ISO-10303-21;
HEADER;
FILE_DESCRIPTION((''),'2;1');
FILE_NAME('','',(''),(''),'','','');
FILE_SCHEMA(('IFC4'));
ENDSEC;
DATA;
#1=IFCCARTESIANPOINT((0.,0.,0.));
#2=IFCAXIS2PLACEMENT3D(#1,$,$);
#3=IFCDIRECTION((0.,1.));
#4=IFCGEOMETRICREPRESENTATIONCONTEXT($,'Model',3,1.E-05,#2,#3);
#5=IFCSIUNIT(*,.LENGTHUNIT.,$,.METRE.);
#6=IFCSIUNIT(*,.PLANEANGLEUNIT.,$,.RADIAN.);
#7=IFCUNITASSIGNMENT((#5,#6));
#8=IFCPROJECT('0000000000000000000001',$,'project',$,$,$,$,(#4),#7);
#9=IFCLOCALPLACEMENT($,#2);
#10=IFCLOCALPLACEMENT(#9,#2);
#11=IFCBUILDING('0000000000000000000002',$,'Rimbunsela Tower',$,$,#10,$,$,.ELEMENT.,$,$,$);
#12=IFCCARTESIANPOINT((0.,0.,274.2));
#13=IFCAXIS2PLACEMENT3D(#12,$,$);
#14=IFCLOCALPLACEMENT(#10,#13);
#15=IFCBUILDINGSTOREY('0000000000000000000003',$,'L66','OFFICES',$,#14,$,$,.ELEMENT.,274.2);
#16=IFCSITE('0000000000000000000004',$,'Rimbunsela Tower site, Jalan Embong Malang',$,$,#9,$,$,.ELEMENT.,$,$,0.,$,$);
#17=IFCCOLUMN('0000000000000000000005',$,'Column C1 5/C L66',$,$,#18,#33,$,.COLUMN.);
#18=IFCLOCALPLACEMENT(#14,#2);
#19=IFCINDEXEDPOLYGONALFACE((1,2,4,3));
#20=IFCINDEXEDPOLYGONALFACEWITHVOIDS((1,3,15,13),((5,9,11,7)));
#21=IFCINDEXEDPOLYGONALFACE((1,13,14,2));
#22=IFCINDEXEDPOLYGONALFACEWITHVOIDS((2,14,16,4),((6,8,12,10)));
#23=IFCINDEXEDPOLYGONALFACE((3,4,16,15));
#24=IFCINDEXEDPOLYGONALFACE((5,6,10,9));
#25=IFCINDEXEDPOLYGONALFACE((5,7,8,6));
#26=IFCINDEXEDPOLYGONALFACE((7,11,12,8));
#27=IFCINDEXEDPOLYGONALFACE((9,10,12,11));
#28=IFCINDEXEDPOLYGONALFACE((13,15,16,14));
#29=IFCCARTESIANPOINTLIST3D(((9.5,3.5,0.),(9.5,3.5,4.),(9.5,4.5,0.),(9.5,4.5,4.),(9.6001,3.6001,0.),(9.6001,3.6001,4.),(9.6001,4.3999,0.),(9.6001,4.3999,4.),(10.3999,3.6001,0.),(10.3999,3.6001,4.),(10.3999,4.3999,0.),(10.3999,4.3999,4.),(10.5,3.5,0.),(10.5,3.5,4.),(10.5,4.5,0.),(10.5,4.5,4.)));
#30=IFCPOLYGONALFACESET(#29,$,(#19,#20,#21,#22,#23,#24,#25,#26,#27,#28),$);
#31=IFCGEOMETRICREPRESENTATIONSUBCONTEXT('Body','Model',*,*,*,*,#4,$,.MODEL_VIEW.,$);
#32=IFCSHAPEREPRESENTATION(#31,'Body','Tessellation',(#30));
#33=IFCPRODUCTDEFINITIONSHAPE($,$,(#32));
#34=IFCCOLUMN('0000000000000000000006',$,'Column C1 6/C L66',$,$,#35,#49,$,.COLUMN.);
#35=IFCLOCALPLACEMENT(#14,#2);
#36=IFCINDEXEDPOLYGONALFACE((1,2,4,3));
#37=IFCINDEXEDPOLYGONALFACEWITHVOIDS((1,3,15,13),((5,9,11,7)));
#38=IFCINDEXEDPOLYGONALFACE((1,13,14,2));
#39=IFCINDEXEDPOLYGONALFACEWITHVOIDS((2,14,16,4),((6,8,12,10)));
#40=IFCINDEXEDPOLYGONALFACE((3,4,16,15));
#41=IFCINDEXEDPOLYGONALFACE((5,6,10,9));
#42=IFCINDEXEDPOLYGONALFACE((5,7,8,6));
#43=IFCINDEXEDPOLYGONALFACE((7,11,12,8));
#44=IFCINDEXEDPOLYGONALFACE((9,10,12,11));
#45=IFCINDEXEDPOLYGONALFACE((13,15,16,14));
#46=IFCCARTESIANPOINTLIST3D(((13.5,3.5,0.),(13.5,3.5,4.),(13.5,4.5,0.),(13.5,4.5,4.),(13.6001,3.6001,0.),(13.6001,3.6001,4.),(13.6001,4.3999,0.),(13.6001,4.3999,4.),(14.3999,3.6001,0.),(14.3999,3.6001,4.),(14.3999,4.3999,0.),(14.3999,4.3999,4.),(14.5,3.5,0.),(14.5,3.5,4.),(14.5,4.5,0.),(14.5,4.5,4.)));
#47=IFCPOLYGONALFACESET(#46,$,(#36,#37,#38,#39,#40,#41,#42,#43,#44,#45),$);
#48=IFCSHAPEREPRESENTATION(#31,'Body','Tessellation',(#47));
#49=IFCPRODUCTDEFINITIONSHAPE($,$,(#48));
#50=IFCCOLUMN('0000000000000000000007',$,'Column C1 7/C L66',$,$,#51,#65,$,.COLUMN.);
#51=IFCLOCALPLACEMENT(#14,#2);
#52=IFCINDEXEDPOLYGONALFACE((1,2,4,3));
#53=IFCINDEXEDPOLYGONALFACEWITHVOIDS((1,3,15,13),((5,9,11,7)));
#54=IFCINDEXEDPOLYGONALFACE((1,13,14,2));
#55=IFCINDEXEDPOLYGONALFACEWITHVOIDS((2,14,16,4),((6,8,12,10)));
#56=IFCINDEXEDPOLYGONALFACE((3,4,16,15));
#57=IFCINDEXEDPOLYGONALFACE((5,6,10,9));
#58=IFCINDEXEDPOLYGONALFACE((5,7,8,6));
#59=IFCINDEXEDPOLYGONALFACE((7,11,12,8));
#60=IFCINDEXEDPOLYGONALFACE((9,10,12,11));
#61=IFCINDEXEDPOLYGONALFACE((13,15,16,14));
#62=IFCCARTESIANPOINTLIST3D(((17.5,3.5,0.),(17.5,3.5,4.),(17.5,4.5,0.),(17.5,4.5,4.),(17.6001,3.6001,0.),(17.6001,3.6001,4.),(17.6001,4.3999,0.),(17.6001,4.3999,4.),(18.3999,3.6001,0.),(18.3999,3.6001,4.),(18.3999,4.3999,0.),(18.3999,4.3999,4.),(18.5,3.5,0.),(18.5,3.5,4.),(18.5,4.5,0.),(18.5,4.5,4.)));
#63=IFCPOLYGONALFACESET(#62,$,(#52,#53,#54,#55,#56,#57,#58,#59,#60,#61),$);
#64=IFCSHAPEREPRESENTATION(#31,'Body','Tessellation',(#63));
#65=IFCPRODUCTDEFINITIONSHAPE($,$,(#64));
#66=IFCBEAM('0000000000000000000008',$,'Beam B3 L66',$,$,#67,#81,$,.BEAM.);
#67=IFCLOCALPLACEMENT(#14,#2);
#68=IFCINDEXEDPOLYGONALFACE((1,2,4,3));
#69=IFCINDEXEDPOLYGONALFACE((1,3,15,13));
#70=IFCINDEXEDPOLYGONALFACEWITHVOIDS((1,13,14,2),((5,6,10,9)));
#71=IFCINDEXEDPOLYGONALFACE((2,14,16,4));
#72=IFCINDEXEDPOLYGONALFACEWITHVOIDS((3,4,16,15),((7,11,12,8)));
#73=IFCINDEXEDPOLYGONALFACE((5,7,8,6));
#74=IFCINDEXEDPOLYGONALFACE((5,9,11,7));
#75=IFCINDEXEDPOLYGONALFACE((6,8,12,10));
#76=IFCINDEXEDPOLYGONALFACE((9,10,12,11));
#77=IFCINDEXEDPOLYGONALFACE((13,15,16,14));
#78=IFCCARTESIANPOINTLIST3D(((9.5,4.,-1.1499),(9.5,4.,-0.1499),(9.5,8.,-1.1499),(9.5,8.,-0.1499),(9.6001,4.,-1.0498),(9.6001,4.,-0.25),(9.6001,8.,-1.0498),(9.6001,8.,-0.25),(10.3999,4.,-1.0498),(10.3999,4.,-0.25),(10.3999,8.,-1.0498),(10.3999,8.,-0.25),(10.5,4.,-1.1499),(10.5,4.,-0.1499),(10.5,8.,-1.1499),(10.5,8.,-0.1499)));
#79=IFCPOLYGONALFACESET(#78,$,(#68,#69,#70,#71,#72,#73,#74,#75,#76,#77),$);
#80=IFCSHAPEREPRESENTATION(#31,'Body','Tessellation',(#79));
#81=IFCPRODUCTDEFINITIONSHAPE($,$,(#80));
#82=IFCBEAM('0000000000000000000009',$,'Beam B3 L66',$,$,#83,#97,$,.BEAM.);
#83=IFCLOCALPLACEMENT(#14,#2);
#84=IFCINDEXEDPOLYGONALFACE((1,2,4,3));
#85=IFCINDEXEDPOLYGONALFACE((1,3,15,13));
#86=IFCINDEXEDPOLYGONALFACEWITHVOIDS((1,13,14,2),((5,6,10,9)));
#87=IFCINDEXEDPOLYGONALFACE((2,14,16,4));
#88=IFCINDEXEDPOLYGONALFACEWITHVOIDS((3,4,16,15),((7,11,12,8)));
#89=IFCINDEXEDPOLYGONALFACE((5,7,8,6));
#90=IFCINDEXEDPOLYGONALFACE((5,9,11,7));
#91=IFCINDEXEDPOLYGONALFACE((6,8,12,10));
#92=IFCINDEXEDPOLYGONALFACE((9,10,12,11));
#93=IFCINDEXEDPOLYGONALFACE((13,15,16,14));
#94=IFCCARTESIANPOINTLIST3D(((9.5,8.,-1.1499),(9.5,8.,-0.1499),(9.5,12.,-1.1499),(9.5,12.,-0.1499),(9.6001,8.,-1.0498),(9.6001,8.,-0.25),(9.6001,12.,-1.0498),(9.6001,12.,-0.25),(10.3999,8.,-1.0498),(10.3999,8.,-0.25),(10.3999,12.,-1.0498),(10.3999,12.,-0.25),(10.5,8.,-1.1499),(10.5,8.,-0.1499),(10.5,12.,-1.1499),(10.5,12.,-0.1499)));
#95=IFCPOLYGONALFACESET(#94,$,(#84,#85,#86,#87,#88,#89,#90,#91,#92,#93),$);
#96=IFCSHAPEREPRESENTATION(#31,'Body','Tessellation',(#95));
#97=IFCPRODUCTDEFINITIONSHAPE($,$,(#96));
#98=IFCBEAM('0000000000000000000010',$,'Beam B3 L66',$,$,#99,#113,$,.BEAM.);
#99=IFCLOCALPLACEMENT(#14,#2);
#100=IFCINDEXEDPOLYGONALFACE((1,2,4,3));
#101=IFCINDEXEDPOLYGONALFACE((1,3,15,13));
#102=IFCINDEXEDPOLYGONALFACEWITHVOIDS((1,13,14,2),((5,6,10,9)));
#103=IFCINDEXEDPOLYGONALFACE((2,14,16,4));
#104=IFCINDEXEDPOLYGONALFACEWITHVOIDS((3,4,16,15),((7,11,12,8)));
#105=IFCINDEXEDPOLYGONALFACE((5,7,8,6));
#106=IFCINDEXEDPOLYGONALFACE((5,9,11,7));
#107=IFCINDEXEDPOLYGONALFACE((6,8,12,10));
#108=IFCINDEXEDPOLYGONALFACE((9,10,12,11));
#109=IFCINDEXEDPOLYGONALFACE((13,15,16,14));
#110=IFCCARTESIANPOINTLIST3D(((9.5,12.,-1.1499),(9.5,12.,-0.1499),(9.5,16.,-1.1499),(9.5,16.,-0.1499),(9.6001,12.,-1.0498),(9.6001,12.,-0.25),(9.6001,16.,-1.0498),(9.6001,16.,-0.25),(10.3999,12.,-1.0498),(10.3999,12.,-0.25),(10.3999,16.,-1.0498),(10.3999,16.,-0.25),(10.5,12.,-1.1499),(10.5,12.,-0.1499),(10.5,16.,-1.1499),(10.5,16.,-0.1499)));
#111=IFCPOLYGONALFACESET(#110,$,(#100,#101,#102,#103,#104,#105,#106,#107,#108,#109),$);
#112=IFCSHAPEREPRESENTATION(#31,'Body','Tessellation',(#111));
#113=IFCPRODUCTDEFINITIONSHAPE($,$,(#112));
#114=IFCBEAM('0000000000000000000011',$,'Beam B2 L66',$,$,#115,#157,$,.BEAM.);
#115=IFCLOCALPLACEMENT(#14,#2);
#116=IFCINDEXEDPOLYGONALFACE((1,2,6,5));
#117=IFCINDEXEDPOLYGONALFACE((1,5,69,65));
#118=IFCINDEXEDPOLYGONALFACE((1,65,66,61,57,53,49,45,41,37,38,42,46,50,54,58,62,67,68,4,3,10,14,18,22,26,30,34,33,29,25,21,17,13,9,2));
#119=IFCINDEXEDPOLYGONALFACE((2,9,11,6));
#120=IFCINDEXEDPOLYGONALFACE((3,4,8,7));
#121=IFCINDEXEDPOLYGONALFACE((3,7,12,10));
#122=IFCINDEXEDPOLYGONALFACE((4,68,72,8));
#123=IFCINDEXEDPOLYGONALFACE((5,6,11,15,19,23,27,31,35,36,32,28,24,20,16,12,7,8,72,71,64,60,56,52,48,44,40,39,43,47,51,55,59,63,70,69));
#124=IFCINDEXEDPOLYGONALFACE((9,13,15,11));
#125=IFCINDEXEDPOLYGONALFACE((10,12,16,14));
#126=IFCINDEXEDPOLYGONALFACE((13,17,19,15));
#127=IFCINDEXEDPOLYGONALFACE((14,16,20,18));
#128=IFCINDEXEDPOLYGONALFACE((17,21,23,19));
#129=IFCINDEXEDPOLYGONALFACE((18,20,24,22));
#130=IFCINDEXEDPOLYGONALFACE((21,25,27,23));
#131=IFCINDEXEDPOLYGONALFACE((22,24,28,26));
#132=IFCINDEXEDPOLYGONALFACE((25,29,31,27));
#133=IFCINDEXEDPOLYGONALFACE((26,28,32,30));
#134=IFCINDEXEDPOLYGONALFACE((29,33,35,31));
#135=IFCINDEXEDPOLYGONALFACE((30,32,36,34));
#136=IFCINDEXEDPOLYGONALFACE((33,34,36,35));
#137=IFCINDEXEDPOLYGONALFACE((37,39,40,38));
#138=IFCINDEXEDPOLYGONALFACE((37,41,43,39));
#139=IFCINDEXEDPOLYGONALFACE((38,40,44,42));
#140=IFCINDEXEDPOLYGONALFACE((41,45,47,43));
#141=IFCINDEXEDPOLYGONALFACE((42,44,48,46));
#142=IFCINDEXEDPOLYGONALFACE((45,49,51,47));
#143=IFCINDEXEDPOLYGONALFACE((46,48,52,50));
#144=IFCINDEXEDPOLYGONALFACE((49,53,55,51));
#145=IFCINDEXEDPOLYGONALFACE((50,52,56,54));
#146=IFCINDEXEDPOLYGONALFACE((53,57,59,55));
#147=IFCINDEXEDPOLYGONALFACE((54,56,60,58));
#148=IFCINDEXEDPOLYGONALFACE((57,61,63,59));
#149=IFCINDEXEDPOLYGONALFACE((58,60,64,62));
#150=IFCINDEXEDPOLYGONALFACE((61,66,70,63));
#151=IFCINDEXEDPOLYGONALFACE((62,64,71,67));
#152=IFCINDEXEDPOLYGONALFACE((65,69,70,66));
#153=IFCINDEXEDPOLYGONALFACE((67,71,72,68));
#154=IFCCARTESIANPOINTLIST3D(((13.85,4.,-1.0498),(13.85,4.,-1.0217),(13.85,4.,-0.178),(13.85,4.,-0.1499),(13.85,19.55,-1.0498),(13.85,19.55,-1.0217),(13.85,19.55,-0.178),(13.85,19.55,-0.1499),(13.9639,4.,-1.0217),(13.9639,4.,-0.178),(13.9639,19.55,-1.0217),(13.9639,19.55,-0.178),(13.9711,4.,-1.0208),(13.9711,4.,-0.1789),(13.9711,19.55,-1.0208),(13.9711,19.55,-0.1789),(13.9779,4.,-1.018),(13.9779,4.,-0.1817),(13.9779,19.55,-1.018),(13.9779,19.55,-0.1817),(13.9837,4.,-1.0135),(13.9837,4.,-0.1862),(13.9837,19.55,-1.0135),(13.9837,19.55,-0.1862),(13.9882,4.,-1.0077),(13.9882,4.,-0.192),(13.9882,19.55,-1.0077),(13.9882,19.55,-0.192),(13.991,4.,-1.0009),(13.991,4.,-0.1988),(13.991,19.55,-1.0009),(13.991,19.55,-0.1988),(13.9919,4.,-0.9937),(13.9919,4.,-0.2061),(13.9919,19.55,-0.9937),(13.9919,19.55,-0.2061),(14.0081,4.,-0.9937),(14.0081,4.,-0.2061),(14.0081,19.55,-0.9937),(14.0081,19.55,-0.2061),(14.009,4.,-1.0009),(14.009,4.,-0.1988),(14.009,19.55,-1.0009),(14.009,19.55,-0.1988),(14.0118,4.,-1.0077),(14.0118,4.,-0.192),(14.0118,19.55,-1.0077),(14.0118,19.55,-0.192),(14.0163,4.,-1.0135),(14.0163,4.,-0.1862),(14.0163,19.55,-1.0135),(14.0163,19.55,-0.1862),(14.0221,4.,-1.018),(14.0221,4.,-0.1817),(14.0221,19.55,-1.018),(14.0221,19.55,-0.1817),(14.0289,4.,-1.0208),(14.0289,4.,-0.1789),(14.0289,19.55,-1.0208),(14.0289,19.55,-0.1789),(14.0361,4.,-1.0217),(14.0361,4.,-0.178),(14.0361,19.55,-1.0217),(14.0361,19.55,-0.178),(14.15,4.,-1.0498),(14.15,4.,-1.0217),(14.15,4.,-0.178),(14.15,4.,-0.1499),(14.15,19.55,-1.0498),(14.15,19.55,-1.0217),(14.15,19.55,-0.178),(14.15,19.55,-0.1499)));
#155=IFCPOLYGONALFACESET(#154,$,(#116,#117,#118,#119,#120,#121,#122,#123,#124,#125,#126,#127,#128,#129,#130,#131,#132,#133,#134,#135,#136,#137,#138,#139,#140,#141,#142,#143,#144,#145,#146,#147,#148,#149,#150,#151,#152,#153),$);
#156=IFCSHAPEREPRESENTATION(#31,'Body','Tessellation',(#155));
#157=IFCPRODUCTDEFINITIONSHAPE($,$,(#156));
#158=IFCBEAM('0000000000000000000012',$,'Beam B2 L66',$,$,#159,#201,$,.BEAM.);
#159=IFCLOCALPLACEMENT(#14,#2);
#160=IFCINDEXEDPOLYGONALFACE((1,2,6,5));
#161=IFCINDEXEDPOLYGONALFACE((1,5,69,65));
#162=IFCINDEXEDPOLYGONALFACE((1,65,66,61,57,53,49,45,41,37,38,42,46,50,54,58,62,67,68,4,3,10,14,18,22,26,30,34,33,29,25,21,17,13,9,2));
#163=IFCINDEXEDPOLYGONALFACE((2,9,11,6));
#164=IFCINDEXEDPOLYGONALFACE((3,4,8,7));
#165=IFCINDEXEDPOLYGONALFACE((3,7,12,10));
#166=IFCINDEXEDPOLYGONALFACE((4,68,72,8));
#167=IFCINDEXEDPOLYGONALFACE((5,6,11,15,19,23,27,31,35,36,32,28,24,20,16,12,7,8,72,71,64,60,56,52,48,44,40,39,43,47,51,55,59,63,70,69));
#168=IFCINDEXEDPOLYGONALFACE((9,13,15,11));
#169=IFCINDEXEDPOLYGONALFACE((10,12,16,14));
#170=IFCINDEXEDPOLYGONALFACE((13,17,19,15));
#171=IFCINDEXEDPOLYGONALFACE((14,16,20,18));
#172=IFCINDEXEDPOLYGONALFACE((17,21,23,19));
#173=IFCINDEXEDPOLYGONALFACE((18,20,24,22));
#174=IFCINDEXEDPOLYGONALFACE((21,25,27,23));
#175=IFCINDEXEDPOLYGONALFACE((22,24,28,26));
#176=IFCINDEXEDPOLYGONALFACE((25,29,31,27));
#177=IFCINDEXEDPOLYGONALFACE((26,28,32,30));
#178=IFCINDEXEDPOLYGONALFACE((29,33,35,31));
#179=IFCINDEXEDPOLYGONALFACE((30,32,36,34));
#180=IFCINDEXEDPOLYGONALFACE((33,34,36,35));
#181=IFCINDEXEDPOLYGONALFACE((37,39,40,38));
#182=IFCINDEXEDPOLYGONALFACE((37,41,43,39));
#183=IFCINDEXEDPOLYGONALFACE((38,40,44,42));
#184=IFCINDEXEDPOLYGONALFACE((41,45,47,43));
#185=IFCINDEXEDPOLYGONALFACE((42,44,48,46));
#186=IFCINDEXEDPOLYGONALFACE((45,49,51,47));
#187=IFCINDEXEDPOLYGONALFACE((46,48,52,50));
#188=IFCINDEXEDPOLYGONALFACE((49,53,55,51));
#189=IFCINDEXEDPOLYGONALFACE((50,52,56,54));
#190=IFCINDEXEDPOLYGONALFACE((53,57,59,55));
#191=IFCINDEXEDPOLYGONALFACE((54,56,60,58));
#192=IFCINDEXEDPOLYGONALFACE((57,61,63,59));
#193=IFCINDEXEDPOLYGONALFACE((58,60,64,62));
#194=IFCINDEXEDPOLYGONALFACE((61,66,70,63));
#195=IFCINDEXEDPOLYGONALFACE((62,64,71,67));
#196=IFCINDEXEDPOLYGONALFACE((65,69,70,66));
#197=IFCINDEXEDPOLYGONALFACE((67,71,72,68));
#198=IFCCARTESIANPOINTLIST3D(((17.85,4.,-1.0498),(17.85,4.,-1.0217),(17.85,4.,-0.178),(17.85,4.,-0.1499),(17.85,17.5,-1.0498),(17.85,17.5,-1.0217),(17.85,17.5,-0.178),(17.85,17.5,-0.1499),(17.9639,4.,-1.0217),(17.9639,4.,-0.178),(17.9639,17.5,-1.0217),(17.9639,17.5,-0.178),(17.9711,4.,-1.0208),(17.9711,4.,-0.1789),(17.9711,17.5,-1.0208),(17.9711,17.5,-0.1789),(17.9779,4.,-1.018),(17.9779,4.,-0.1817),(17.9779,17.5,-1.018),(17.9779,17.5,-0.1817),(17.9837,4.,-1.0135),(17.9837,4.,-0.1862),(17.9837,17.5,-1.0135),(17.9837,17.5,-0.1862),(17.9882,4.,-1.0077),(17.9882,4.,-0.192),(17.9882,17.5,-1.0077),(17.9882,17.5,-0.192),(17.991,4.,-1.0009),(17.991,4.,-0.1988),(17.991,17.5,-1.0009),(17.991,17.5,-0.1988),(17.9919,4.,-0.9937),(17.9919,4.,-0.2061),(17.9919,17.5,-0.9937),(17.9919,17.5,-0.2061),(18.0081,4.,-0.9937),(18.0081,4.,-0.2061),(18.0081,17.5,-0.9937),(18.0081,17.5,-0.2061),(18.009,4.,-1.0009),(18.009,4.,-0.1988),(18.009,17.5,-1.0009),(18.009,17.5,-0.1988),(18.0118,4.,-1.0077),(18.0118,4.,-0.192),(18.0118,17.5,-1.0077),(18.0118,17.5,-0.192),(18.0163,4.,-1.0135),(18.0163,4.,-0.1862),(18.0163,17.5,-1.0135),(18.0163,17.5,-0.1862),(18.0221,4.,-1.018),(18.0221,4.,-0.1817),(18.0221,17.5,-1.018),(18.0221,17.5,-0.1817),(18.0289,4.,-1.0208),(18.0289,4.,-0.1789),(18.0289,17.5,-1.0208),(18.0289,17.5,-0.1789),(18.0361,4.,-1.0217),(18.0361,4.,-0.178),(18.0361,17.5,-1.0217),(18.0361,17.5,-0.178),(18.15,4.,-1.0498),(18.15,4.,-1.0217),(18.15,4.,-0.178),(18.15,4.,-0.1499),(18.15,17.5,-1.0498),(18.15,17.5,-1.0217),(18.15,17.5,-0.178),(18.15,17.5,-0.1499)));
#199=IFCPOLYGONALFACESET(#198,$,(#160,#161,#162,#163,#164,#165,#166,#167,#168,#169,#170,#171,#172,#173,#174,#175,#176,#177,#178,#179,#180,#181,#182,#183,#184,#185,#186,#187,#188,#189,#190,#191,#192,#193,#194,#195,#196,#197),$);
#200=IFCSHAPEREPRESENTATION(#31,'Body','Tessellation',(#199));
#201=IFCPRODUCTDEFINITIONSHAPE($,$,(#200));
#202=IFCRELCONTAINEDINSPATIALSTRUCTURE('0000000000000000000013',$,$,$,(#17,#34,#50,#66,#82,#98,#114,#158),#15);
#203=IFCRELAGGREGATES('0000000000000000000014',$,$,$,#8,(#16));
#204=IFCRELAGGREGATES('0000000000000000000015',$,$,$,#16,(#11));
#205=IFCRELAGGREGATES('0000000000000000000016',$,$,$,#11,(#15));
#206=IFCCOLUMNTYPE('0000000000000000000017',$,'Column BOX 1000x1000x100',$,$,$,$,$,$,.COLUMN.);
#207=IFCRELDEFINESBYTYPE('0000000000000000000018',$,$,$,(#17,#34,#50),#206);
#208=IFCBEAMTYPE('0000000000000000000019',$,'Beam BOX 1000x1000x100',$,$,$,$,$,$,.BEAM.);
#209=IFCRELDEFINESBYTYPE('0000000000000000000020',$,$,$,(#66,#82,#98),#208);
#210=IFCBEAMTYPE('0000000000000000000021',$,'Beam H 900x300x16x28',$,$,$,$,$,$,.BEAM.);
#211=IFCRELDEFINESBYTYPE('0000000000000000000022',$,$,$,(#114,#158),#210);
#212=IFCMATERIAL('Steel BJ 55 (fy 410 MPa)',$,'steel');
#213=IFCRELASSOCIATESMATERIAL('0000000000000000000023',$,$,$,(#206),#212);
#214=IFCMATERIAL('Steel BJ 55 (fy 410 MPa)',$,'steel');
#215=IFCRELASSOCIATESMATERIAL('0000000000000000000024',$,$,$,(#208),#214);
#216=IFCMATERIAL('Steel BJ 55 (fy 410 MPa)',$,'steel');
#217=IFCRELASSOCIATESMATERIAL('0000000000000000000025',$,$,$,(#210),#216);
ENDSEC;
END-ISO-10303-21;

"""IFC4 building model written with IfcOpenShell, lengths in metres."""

from ifc_helpers import new_model, si_unit, direction, frame, origin, origin_2d, place, context, subcontext, project, spatial, hollow_rectangle, i_section, extrude, material, material_profile, profile_set, type_object, element, save


model = new_model("IFC4")

# Units and contexts
model_context = context("Model", 3, precision=1e-05, world=origin(), true_north=direction((0.0, 1.0)))
body_context = subcontext(model_context, "Body", "Model", "MODEL_VIEW")
ifc_project = project(units=[si_unit("LENGTHUNIT", "METRE"), si_unit("PLANEANGLEUNIT", "RADIAN")], contexts=[model_context])

# Site, building, storey
site_placement = place(None, origin())
site = spatial("IfcSite", under=ifc_project, at=site_placement, Name="Rimbunsela Tower site, Jalan Embong Malang", CompositionType="ELEMENT", RefElevation=0.0)
building_placement = place(site_placement, origin())
building = spatial("IfcBuilding", under=site, at=building_placement, Name="Rimbunsela Tower", CompositionType="ELEMENT")
storey_placement = place(building_placement, frame((0.0, 0.0, 274.2)))
storey = spatial("IfcBuildingStorey", under=building, at=storey_placement, Name="L66", Description="OFFICES", CompositionType="ELEMENT", Elevation=274.2)

# Columns
ifc_material_1 = material(Name="Steel BJ 55 (fy 410 MPa)", Category="steel")
ifc_material_profile_1 = material_profile(ifc_material_1, hollow_rectangle(XDim=1.0, YDim=1.0, WallThickness=0.1001, at=origin_2d()), Name="BOX 1000x1000x100")
ifc_profile_set_1 = profile_set([ifc_material_profile_1], Name="Steel BJ 55 (fy 410 MPa)")
column_type = type_object("IfcColumnType", Name="Column BOX 1000x1000x100", PredefinedType="COLUMN", material=ifc_profile_set_1)
for number, where, z_axis, x_axis, name in (
    (1, (10.0, 4.0, 0.0), (0.0, 0.0, 1.0), (1.0, 0.0, 0.0), "Column C1 5/C L66"),
    (2, (14.0, 4.0, 0.0), (0.0, 0.0, 1.0), (1.0, 0.0, 0.0), "Column C1 6/C L66"),
    (3, (18.0, 4.0, 0.0), (0.0, 0.0, 1.0), (1.0, 0.0, 0.0), "Column C1 7/C L66"),
):
    element("IfcColumn", number, at=place(storey_placement, frame(where, z_axis=z_axis, x_axis=x_axis)), inside=storey, type_object=column_type, Name=name, PredefinedType="COLUMN", context=body_context, shape_type="SweptSolid", body=[
        extrude(hollow_rectangle(XDim=1.0, YDim=1.0, WallThickness=0.1001, at=origin_2d()), origin(), (0.0, 0.0, 1.0), 4.0),
    ])

# Beams
ifc_material_2 = material(Name="Steel BJ 55 (fy 410 MPa)", Category="steel")
ifc_material_profile_2 = material_profile(ifc_material_2, hollow_rectangle(XDim=1.0, YDim=1.0, WallThickness=0.1001, at=origin_2d()), Name="BOX 1000x1000x100")
ifc_profile_set_2 = profile_set([ifc_material_profile_2], Name="Steel BJ 55 (fy 410 MPa)")
beam_type_1 = type_object("IfcBeamType", Name="Beam BOX 1000x1000x100", PredefinedType="BEAM", material=ifc_profile_set_2)
for number, where, z_axis, x_axis, name in (
    (4, (10.0, 4.0, -0.6499), (0.0, 1.0, 0.0), (-1.0, 0.0, 0.0), "Beam B3 L66"),
    (5, (10.0, 8.0, -0.6499), (0.0, 1.0, 0.0), (-1.0, 0.0, 0.0), "Beam B3 L66"),
    (6, (10.0, 12.0, -0.6499), (0.0, 1.0, 0.0), (-1.0, 0.0, 0.0), "Beam B3 L66"),
):
    element("IfcBeam", number, at=place(storey_placement, frame(where, z_axis=z_axis, x_axis=x_axis)), inside=storey, type_object=beam_type_1, Name=name, PredefinedType="BEAM", context=body_context, shape_type="SweptSolid", body=[
        extrude(hollow_rectangle(XDim=1.0, YDim=1.0, WallThickness=0.1001, at=origin_2d()), origin(), (0.0, 0.0, 1.0), 4.0),
    ])
ifc_material_3 = material(Name="Steel BJ 55 (fy 410 MPa)", Category="steel")
ifc_material_profile_3 = material_profile(ifc_material_3, i_section(OverallWidth=0.3, OverallDepth=0.8999, WebThickness=0.0161, FlangeThickness=0.0281, FilletRadius=0.0281, at=origin_2d()), Name="H 900x300x16x28")
ifc_profile_set_3 = profile_set([ifc_material_profile_3], Name="Steel BJ 55 (fy 410 MPa)")
beam_type_2 = type_object("IfcBeamType", Name="Beam H 900x300x16x28", PredefinedType="BEAM", material=ifc_profile_set_3)
beam_1_placement = place(storey_placement, frame((14.0, 4.0, -0.5999), z_axis=(0.0, 1.0, 0.0), x_axis=(-1.0, 0.0, 0.0)))
element("IfcBeam", 7, at=beam_1_placement, inside=storey, type_object=beam_type_2, Name="Beam B2 L66", PredefinedType="BEAM", context=body_context, shape_type="SweptSolid", body=[
    extrude(i_section(OverallWidth=0.3, OverallDepth=0.8999, WebThickness=0.0161, FlangeThickness=0.0281, FilletRadius=0.0281, at=origin_2d()), origin(), (0.0, 0.0, 1.0), 15.55),
])
beam_2_placement = place(storey_placement, frame((18.0, 4.0, -0.5999), z_axis=(0.0, 1.0, 0.0), x_axis=(-1.0, 0.0, 0.0)))
element("IfcBeam", 8, at=beam_2_placement, inside=storey, type_object=beam_type_2, Name="Beam B2 L66", PredefinedType="BEAM", context=body_context, shape_type="SweptSolid", body=[
    extrude(i_section(OverallWidth=0.3, OverallDepth=0.8999, WebThickness=0.0161, FlangeThickness=0.0281, FilletRadius=0.0281, at=origin_2d()), origin(), (0.0, 0.0, 1.0), 13.5),
])

save(model, "model.ifc")
